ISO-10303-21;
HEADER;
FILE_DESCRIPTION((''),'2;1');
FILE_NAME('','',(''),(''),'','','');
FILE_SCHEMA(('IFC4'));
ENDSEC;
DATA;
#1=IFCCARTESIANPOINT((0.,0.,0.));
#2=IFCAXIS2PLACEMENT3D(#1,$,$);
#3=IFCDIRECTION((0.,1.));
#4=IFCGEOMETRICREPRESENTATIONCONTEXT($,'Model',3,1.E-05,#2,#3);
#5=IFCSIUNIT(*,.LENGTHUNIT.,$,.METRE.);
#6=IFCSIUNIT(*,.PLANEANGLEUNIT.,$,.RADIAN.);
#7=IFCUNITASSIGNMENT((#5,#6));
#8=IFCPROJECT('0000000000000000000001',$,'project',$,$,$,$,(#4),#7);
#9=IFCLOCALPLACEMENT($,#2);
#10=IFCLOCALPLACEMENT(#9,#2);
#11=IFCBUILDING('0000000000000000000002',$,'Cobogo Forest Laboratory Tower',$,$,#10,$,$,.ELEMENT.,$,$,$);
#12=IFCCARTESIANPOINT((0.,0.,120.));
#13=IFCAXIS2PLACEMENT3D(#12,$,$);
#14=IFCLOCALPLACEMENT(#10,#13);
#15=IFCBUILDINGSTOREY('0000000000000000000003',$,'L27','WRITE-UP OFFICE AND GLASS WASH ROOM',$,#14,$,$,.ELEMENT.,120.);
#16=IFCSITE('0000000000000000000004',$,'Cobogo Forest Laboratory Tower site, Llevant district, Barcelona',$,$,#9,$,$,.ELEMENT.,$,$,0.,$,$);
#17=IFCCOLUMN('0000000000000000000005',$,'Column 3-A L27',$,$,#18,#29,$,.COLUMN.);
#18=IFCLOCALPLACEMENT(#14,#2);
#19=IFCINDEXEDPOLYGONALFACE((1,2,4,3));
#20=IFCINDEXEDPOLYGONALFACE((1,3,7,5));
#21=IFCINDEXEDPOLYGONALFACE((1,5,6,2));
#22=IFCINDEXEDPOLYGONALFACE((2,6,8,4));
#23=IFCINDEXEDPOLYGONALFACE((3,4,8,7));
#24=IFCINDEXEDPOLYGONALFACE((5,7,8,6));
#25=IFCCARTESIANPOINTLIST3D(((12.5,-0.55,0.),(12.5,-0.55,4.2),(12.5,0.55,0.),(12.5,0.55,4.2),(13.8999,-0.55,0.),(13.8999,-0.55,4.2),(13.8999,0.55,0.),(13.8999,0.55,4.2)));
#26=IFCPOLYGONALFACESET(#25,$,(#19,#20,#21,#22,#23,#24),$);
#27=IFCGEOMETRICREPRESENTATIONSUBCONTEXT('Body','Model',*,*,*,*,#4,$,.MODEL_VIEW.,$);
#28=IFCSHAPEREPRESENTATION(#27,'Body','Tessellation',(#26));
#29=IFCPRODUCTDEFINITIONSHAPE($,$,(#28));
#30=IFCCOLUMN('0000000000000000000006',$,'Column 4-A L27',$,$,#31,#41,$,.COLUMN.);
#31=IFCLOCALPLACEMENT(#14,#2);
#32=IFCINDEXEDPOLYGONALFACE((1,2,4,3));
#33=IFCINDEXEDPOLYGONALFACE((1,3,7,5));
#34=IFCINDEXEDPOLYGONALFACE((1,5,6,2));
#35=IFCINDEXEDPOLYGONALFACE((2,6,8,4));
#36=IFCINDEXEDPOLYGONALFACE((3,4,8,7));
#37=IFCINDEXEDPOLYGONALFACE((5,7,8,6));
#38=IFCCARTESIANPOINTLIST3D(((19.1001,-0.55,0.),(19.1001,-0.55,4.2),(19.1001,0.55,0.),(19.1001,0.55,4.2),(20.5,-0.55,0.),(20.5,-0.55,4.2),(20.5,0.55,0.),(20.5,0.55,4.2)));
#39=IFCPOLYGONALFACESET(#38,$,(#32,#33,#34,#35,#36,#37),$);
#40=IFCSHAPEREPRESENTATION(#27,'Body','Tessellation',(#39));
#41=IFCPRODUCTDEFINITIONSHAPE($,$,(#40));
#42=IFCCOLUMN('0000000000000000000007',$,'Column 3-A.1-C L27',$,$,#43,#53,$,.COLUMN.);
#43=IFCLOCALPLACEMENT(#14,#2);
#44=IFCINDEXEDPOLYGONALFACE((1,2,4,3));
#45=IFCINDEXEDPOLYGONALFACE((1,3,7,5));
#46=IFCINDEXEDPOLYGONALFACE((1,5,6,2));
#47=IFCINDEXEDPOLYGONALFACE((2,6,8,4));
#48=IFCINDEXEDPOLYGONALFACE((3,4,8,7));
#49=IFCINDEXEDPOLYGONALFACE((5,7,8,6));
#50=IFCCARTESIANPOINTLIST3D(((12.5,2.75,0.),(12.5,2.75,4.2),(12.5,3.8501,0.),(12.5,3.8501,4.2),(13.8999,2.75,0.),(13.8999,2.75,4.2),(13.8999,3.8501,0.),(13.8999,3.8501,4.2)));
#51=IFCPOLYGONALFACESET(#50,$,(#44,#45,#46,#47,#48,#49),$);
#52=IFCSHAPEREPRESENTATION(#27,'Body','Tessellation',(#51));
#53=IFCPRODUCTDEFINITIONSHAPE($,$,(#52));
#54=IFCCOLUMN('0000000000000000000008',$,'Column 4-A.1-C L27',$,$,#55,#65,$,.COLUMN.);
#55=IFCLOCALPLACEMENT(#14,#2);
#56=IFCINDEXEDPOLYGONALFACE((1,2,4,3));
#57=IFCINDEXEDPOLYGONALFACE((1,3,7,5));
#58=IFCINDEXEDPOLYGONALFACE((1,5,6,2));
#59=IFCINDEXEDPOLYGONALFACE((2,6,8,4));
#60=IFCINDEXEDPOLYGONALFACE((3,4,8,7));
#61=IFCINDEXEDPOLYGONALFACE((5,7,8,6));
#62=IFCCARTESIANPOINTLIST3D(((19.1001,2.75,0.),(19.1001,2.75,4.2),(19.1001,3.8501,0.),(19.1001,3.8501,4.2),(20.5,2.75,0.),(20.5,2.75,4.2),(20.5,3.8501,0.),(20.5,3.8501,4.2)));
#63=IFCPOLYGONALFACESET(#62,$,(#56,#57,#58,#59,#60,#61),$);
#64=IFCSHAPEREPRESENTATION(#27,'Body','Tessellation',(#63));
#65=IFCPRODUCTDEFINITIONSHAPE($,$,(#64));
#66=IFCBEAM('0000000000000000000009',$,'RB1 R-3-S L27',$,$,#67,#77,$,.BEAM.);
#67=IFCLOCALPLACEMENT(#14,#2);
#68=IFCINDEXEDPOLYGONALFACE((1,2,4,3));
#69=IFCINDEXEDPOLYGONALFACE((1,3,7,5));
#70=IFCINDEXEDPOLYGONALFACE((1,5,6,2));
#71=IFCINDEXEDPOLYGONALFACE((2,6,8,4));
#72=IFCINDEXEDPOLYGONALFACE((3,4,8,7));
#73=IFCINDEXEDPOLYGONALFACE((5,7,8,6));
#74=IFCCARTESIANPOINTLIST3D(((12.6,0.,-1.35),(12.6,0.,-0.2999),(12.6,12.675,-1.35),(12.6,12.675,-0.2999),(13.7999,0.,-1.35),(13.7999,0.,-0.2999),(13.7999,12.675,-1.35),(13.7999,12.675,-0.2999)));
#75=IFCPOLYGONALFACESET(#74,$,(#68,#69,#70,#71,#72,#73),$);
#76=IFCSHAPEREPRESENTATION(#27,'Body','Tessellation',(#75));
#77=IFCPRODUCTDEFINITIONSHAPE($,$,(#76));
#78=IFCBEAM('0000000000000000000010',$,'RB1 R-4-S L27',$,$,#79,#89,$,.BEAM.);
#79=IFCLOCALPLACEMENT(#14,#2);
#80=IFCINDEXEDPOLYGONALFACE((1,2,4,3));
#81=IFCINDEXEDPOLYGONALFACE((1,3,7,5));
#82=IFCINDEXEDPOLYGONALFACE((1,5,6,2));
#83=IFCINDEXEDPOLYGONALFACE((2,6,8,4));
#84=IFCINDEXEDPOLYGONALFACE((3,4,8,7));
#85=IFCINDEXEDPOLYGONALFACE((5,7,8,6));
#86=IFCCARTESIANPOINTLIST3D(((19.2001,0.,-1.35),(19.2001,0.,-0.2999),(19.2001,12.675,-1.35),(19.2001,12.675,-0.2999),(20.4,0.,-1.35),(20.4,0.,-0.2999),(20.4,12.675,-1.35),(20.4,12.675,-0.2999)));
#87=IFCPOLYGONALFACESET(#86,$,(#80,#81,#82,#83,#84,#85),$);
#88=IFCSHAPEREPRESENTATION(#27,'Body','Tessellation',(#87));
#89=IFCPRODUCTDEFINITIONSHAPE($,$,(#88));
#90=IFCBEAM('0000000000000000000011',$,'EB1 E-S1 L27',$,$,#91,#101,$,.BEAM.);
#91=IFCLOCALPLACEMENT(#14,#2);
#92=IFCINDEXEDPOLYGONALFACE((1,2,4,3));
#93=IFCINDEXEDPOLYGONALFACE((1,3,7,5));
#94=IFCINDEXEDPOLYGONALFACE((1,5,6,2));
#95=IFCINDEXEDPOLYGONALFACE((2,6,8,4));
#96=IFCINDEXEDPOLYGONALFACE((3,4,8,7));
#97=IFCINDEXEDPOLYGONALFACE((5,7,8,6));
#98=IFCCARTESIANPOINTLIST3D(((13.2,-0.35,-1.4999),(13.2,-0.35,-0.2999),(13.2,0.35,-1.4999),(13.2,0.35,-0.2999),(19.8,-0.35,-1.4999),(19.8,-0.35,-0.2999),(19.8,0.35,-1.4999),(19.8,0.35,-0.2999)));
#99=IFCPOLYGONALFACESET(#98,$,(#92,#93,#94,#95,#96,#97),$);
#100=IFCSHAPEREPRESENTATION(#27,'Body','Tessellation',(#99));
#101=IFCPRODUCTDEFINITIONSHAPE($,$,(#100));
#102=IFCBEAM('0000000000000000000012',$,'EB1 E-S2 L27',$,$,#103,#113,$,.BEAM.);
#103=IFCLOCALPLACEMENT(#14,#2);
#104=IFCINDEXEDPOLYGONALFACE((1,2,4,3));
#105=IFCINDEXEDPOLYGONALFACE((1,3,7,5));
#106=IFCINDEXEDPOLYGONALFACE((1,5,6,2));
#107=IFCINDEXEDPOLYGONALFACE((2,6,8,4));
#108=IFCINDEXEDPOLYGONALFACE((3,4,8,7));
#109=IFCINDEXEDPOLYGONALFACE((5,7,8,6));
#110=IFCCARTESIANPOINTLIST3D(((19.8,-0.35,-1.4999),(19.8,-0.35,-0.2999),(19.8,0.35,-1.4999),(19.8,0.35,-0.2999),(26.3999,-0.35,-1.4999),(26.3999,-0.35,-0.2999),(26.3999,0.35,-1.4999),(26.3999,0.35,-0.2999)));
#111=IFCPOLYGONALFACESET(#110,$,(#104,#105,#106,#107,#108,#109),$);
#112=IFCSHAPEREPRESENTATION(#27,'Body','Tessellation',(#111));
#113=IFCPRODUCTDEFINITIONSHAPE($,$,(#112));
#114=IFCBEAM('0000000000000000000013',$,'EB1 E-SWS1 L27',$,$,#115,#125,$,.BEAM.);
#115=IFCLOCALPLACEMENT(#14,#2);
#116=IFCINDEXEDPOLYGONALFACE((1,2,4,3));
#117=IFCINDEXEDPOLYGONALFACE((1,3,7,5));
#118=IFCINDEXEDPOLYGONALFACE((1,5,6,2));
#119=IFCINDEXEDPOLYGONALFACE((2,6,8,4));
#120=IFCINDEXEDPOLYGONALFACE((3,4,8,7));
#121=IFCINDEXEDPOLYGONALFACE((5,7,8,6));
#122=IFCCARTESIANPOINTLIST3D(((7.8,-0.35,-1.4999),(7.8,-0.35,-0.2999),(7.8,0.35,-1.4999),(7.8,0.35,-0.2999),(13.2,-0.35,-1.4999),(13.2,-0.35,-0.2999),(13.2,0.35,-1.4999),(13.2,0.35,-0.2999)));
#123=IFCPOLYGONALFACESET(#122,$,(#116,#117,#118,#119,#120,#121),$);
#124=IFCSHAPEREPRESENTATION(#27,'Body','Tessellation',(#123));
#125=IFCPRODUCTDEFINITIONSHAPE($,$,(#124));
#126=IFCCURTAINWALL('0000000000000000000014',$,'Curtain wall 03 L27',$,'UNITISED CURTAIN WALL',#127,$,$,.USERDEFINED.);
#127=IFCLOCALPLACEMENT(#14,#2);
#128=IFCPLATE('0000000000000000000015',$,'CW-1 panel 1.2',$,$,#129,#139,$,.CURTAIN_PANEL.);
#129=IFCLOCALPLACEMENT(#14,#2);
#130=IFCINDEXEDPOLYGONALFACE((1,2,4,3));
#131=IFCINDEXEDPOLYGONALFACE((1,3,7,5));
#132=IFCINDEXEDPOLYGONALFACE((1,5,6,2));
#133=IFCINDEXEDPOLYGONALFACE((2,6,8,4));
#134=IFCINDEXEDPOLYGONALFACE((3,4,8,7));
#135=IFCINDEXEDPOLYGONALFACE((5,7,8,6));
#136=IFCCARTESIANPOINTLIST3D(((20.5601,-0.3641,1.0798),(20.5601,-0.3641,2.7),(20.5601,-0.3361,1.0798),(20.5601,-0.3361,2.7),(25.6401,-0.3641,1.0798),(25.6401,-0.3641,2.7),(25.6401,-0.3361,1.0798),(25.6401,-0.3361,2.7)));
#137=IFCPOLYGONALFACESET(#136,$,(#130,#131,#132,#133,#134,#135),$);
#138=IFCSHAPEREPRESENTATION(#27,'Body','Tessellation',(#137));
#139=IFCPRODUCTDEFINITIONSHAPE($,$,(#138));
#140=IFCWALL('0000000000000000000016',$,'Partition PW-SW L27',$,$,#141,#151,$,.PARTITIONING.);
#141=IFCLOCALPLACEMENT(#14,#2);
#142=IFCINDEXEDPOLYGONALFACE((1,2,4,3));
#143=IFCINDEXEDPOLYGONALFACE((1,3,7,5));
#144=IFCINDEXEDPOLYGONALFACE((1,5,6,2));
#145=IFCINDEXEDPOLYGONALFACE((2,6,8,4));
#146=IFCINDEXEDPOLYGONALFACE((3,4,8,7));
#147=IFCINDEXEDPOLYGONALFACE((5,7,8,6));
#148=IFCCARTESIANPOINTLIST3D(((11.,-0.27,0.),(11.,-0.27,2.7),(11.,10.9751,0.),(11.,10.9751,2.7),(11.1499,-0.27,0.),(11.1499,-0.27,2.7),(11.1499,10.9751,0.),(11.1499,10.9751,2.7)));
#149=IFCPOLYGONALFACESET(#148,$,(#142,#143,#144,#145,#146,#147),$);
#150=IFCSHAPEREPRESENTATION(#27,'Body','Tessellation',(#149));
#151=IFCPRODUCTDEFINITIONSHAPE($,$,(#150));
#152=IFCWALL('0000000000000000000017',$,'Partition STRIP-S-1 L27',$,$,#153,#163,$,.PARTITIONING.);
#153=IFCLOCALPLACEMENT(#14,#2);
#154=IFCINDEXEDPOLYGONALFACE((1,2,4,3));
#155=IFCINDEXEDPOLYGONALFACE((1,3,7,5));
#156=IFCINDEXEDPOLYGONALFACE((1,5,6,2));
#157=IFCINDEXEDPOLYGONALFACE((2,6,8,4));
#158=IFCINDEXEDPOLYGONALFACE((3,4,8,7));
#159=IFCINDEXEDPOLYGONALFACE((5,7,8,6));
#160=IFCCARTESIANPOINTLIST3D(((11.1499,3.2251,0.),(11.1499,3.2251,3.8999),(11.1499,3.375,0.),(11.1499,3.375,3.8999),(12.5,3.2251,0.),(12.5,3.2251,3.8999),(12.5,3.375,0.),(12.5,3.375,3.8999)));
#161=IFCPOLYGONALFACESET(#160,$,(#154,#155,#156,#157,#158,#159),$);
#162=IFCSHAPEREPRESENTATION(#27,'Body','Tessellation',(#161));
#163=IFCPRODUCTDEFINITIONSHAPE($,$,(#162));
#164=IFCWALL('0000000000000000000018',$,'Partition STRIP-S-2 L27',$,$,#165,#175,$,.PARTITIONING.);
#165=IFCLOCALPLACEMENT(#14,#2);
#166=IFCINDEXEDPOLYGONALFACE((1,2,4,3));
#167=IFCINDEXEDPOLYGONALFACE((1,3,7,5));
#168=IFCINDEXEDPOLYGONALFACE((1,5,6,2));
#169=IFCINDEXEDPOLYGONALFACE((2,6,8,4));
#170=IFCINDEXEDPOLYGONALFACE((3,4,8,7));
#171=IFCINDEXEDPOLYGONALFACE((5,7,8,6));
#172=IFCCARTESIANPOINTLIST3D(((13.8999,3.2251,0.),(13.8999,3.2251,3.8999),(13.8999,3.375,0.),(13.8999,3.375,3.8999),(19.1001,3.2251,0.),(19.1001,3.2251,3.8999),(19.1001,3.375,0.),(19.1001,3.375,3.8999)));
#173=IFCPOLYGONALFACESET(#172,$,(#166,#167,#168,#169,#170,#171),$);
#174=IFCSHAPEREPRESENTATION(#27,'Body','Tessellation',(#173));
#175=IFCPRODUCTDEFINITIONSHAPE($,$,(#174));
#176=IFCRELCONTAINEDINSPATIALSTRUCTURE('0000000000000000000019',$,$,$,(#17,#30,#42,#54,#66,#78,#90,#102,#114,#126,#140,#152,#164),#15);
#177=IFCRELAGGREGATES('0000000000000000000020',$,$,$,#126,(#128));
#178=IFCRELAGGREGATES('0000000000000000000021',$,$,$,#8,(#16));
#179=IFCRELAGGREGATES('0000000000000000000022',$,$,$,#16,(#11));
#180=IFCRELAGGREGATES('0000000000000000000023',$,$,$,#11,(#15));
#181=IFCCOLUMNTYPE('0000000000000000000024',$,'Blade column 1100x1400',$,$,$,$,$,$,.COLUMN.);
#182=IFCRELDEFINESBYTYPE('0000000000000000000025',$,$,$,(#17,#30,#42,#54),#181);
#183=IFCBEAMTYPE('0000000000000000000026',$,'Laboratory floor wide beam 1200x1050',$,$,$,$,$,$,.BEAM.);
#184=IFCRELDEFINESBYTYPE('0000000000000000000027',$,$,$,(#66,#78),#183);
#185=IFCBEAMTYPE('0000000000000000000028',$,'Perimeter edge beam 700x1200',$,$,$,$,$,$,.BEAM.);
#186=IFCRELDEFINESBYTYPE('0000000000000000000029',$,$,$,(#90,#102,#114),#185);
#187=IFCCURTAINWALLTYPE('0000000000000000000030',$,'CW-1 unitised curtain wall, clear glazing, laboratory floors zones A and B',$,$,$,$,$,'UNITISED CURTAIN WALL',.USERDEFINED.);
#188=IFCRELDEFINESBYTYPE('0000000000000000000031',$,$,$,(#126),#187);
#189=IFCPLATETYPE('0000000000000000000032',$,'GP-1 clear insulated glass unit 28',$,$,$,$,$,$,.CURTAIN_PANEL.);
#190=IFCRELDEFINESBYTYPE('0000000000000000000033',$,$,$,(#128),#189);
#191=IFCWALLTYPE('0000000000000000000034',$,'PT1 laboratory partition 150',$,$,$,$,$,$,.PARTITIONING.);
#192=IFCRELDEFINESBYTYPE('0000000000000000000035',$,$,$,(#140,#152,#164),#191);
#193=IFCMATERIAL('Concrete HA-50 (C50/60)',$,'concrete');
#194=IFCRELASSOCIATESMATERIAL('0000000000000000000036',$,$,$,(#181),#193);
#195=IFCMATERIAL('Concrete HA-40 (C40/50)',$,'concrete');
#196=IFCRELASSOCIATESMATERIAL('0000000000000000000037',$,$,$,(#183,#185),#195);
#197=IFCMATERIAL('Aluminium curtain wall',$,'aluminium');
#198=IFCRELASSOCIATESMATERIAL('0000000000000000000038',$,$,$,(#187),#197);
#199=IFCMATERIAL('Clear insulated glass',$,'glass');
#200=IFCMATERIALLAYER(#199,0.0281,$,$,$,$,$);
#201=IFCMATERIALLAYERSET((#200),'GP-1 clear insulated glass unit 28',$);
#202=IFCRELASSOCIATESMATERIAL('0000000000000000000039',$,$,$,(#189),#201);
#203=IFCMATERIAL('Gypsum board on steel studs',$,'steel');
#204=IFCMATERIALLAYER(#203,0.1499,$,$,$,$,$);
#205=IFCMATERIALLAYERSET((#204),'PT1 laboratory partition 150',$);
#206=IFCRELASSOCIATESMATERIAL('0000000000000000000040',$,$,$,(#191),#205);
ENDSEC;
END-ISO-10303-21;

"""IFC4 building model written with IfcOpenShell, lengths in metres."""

from ifc_helpers import new_model, si_unit, direction, frame, frame_2d, origin, origin_2d, place, context, subcontext, project, spatial, rectangle, extrude, material, layer, layer_set, material_profile, profile_set, type_object, element, aggregate, save


model = new_model("IFC4")

# Units and contexts
model_context = context("Model", 3, precision=1e-05, world=origin(), true_north=direction((0.0, 1.0)))
body_context = subcontext(model_context, "Body", "Model", "MODEL_VIEW")
ifc_project = project(units=[si_unit("LENGTHUNIT", "METRE"), si_unit("PLANEANGLEUNIT", "RADIAN")], contexts=[model_context])

# Site, building, storey
site_placement = place(None, origin())
site = spatial("IfcSite", under=ifc_project, at=site_placement, Name="Cobogo Forest Laboratory Tower site, Llevant district, Barcelona", CompositionType="ELEMENT", RefElevation=0.0)
building_placement = place(site_placement, origin())
building = spatial("IfcBuilding", under=site, at=building_placement, Name="Cobogo Forest Laboratory Tower", CompositionType="ELEMENT")
storey_placement = place(building_placement, frame((0.0, 0.0, 120.0)))
storey = spatial("IfcBuildingStorey", under=building, at=storey_placement, Name="L27", Description="WRITE-UP OFFICE AND GLASS WASH ROOM", CompositionType="ELEMENT", Elevation=120.0)

# Columns
ifc_material_1 = material(Name="Concrete HA-50 (C50/60)", Category="concrete")
ifc_material_profile_1 = material_profile(ifc_material_1, rectangle(XDim=1.3999, YDim=1.1001, at=origin_2d()), Name="RC 1100x1400")
ifc_profile_set_1 = profile_set([ifc_material_profile_1], Name="Concrete HA-50 (C50/60)")
column_type = type_object("IfcColumnType", Name="Blade column 1100x1400", PredefinedType="COLUMN", material=ifc_profile_set_1)
for number, where, z_axis, x_axis, name in (
    (1, (13.2, 0.0, 0.0), (0.0, 0.0, 1.0), (1.0, 0.0, 0.0), "Column 3-A L27"),
    (2, (19.8, 0.0, 0.0), (0.0, 0.0, 1.0), (1.0, 0.0, 0.0), "Column 4-A L27"),
    (3, (13.2, 3.3, 0.0), (0.0, 0.0, 1.0), (1.0, 0.0, 0.0), "Column 3-A.1-C L27"),
    (4, (19.8, 3.3, 0.0), (0.0, 0.0, 1.0), (1.0, 0.0, 0.0), "Column 4-A.1-C L27"),
):
    element("IfcColumn", number, at=place(storey_placement, frame(where, z_axis=z_axis, x_axis=x_axis)), inside=storey, type_object=column_type, Name=name, PredefinedType="COLUMN", context=body_context, shape_type="SweptSolid", body=[
        extrude(rectangle(XDim=1.3999, YDim=1.1001, at=origin_2d()), origin(), (0.0, 0.0, 1.0), 4.2),
    ])

# Beams
ifc_material_2 = material(Name="Concrete HA-40 (C40/50)", Category="concrete")
ifc_material_profile_2 = material_profile(ifc_material_2, rectangle(XDim=1.2, YDim=1.05, at=origin_2d()), Name="RC 1200x1050")
ifc_profile_set_2 = profile_set([ifc_material_profile_2], Name="Concrete HA-40 (C40/50)")
beam_type_1 = type_object("IfcBeamType", Name="Laboratory floor wide beam 1200x1050", PredefinedType="BEAM", material=ifc_profile_set_2)
for number, where, z_axis, x_axis, name in (
    (5, (13.2, 12.675, -0.825), (0.0, -1.0, 0.0), (1.0, 0.0, 0.0), "RB1 R-3-S L27"),
    (6, (19.8, 12.675, -0.825), (0.0, -1.0, 0.0), (1.0, 0.0, 0.0), "RB1 R-4-S L27"),
):
    element("IfcBeam", number, at=place(storey_placement, frame(where, z_axis=z_axis, x_axis=x_axis)), inside=storey, type_object=beam_type_1, Name=name, PredefinedType="BEAM", context=body_context, shape_type="SweptSolid", body=[
        extrude(rectangle(XDim=1.2, YDim=1.05, at=origin_2d()), origin(), (0.0, 0.0, 1.0), 12.675),
    ])
ifc_material_profile_3 = material_profile(ifc_material_2, rectangle(XDim=0.7, YDim=1.2, at=origin_2d()), Name="RC 700x1200")
ifc_profile_set_3 = profile_set([ifc_material_profile_3], Name="Concrete HA-40 (C40/50)")
beam_type_2 = type_object("IfcBeamType", Name="Perimeter edge beam 700x1200", PredefinedType="BEAM", material=ifc_profile_set_3)
beam_1_placement = place(storey_placement, frame((13.2, 0.0, -0.8999), z_axis=(1.0, 0.0, 0.0), x_axis=(0.0, 1.0, 0.0)))
element("IfcBeam", 7, at=beam_1_placement, inside=storey, type_object=beam_type_2, Name="EB1 E-S1 L27", PredefinedType="BEAM", context=body_context, shape_type="SweptSolid", body=[
    extrude(rectangle(XDim=0.7, YDim=1.2, at=origin_2d()), origin(), (0.0, 0.0, 1.0), 6.6001),
])
beam_2_placement = place(storey_placement, frame((19.8, 0.0, -0.8999), z_axis=(1.0, 0.0, 0.0), x_axis=(0.0, 1.0, 0.0)))
element("IfcBeam", 8, at=beam_2_placement, inside=storey, type_object=beam_type_2, Name="EB1 E-S2 L27", PredefinedType="BEAM", context=body_context, shape_type="SweptSolid", body=[
    extrude(rectangle(XDim=0.7, YDim=1.2, at=origin_2d()), origin(), (0.0, 0.0, 1.0), 6.5999),
])
beam_3_placement = place(storey_placement, frame((13.2, 0.0, -0.8999), z_axis=(-1.0, 0.0, 0.0), x_axis=(0.0, -1.0, 0.0)))
element("IfcBeam", 9, at=beam_3_placement, inside=storey, type_object=beam_type_2, Name="EB1 E-SWS1 L27", PredefinedType="BEAM", context=body_context, shape_type="SweptSolid", body=[
    extrude(rectangle(XDim=0.7, YDim=1.2, at=origin_2d()), origin(), (0.0, 0.0, 1.0), 5.3999),
])

# Curtain wall, plate
ifc_material_3 = material(Name="Aluminium curtain wall", Category="aluminium")
curtain_wall_type = type_object("IfcCurtainWallType", Name="CW-1 unitised curtain wall, clear glazing, laboratory floors zones A and B", ElementType="UNITISED CURTAIN WALL", PredefinedType="USERDEFINED", material=ifc_material_3)
curtain_wall_placement = place(storey_placement, origin())
curtain_wall = element("IfcCurtainWall", 10, at=curtain_wall_placement, inside=storey, type_object=curtain_wall_type, Name="Curtain wall 03 L27", ObjectType="UNITISED CURTAIN WALL", PredefinedType="USERDEFINED")
ifc_material_4 = material(Name="Clear insulated glass", Category="glass")
ifc_layer_1 = layer(ifc_material_4, 0.0281)
ifc_layer_set_1 = layer_set([ifc_layer_1], Name="GP-1 clear insulated glass unit 28")
plate_type = type_object("IfcPlateType", Name="GP-1 clear insulated glass unit 28", PredefinedType="CURTAIN_PANEL", material=ifc_layer_set_1)
plate_placement = place(storey_placement, frame((23.1001, -0.3501, 1.0798), z_axis=(0.0, 0.0, 1.0), x_axis=(1.0, 0.0, 0.0)))
plate = element("IfcPlate", 11, at=plate_placement, type_object=plate_type, Name="CW-1 panel 1.2", PredefinedType="CURTAIN_PANEL", context=body_context, shape_type="SweptSolid", body=[
    extrude(rectangle(XDim=5.0801, YDim=0.0281, at=origin_2d()), origin(), (0.0, 0.0, 1.0), 1.6201),
])
aggregate(curtain_wall, [plate])

# Walls
ifc_material_5 = material(Name="Gypsum board on steel studs", Category="steel")
ifc_layer_2 = layer(ifc_material_5, 0.1499)
ifc_layer_set_2 = layer_set([ifc_layer_2], Name="PT1 laboratory partition 150")
wall_type_1 = type_object("IfcWallType", Name="PT1 laboratory partition 150", PredefinedType="PARTITIONING", material=ifc_layer_set_2)
wall_1_placement = place(storey_placement, frame((11.075, -0.27, 0.0), z_axis=(0.0, 0.0, 1.0), x_axis=(0.0, 1.0, 0.0)))
element("IfcWall", 12, at=wall_1_placement, inside=storey, type_object=wall_type_1, Name="Partition PW-SW L27", PredefinedType="PARTITIONING", context=body_context, shape_type="SweptSolid", body=[
    extrude(rectangle(XDim=11.2451, YDim=0.1499, at=frame_2d((5.6226, 0.0))), origin(), (0.0, 0.0, 1.0), 2.7),
])
wall_2_placement = place(storey_placement, frame((11.1499, 3.3, 0.0), z_axis=(0.0, 0.0, 1.0), x_axis=(1.0, 0.0, 0.0)))
element("IfcWall", 13, at=wall_2_placement, inside=storey, type_object=wall_type_1, Name="Partition STRIP-S-1 L27", PredefinedType="PARTITIONING", context=body_context, shape_type="SweptSolid", body=[
    extrude(rectangle(XDim=1.3501, YDim=0.1499, at=frame_2d((0.675, 0.0))), origin(), (0.0, 0.0, 1.0), 3.8999),
])
wall_3_placement = place(storey_placement, frame((13.8999, 3.3, 0.0), z_axis=(0.0, 0.0, 1.0), x_axis=(1.0, 0.0, 0.0)))
element("IfcWall", 14, at=wall_3_placement, inside=storey, type_object=wall_type_1, Name="Partition STRIP-S-2 L27", PredefinedType="PARTITIONING", context=body_context, shape_type="SweptSolid", body=[
    extrude(rectangle(XDim=5.2002, YDim=0.1499, at=frame_2d((2.6001, 0.0))), origin(), (0.0, 0.0, 1.0), 3.8999),
])

save(model, "model.ifc")
